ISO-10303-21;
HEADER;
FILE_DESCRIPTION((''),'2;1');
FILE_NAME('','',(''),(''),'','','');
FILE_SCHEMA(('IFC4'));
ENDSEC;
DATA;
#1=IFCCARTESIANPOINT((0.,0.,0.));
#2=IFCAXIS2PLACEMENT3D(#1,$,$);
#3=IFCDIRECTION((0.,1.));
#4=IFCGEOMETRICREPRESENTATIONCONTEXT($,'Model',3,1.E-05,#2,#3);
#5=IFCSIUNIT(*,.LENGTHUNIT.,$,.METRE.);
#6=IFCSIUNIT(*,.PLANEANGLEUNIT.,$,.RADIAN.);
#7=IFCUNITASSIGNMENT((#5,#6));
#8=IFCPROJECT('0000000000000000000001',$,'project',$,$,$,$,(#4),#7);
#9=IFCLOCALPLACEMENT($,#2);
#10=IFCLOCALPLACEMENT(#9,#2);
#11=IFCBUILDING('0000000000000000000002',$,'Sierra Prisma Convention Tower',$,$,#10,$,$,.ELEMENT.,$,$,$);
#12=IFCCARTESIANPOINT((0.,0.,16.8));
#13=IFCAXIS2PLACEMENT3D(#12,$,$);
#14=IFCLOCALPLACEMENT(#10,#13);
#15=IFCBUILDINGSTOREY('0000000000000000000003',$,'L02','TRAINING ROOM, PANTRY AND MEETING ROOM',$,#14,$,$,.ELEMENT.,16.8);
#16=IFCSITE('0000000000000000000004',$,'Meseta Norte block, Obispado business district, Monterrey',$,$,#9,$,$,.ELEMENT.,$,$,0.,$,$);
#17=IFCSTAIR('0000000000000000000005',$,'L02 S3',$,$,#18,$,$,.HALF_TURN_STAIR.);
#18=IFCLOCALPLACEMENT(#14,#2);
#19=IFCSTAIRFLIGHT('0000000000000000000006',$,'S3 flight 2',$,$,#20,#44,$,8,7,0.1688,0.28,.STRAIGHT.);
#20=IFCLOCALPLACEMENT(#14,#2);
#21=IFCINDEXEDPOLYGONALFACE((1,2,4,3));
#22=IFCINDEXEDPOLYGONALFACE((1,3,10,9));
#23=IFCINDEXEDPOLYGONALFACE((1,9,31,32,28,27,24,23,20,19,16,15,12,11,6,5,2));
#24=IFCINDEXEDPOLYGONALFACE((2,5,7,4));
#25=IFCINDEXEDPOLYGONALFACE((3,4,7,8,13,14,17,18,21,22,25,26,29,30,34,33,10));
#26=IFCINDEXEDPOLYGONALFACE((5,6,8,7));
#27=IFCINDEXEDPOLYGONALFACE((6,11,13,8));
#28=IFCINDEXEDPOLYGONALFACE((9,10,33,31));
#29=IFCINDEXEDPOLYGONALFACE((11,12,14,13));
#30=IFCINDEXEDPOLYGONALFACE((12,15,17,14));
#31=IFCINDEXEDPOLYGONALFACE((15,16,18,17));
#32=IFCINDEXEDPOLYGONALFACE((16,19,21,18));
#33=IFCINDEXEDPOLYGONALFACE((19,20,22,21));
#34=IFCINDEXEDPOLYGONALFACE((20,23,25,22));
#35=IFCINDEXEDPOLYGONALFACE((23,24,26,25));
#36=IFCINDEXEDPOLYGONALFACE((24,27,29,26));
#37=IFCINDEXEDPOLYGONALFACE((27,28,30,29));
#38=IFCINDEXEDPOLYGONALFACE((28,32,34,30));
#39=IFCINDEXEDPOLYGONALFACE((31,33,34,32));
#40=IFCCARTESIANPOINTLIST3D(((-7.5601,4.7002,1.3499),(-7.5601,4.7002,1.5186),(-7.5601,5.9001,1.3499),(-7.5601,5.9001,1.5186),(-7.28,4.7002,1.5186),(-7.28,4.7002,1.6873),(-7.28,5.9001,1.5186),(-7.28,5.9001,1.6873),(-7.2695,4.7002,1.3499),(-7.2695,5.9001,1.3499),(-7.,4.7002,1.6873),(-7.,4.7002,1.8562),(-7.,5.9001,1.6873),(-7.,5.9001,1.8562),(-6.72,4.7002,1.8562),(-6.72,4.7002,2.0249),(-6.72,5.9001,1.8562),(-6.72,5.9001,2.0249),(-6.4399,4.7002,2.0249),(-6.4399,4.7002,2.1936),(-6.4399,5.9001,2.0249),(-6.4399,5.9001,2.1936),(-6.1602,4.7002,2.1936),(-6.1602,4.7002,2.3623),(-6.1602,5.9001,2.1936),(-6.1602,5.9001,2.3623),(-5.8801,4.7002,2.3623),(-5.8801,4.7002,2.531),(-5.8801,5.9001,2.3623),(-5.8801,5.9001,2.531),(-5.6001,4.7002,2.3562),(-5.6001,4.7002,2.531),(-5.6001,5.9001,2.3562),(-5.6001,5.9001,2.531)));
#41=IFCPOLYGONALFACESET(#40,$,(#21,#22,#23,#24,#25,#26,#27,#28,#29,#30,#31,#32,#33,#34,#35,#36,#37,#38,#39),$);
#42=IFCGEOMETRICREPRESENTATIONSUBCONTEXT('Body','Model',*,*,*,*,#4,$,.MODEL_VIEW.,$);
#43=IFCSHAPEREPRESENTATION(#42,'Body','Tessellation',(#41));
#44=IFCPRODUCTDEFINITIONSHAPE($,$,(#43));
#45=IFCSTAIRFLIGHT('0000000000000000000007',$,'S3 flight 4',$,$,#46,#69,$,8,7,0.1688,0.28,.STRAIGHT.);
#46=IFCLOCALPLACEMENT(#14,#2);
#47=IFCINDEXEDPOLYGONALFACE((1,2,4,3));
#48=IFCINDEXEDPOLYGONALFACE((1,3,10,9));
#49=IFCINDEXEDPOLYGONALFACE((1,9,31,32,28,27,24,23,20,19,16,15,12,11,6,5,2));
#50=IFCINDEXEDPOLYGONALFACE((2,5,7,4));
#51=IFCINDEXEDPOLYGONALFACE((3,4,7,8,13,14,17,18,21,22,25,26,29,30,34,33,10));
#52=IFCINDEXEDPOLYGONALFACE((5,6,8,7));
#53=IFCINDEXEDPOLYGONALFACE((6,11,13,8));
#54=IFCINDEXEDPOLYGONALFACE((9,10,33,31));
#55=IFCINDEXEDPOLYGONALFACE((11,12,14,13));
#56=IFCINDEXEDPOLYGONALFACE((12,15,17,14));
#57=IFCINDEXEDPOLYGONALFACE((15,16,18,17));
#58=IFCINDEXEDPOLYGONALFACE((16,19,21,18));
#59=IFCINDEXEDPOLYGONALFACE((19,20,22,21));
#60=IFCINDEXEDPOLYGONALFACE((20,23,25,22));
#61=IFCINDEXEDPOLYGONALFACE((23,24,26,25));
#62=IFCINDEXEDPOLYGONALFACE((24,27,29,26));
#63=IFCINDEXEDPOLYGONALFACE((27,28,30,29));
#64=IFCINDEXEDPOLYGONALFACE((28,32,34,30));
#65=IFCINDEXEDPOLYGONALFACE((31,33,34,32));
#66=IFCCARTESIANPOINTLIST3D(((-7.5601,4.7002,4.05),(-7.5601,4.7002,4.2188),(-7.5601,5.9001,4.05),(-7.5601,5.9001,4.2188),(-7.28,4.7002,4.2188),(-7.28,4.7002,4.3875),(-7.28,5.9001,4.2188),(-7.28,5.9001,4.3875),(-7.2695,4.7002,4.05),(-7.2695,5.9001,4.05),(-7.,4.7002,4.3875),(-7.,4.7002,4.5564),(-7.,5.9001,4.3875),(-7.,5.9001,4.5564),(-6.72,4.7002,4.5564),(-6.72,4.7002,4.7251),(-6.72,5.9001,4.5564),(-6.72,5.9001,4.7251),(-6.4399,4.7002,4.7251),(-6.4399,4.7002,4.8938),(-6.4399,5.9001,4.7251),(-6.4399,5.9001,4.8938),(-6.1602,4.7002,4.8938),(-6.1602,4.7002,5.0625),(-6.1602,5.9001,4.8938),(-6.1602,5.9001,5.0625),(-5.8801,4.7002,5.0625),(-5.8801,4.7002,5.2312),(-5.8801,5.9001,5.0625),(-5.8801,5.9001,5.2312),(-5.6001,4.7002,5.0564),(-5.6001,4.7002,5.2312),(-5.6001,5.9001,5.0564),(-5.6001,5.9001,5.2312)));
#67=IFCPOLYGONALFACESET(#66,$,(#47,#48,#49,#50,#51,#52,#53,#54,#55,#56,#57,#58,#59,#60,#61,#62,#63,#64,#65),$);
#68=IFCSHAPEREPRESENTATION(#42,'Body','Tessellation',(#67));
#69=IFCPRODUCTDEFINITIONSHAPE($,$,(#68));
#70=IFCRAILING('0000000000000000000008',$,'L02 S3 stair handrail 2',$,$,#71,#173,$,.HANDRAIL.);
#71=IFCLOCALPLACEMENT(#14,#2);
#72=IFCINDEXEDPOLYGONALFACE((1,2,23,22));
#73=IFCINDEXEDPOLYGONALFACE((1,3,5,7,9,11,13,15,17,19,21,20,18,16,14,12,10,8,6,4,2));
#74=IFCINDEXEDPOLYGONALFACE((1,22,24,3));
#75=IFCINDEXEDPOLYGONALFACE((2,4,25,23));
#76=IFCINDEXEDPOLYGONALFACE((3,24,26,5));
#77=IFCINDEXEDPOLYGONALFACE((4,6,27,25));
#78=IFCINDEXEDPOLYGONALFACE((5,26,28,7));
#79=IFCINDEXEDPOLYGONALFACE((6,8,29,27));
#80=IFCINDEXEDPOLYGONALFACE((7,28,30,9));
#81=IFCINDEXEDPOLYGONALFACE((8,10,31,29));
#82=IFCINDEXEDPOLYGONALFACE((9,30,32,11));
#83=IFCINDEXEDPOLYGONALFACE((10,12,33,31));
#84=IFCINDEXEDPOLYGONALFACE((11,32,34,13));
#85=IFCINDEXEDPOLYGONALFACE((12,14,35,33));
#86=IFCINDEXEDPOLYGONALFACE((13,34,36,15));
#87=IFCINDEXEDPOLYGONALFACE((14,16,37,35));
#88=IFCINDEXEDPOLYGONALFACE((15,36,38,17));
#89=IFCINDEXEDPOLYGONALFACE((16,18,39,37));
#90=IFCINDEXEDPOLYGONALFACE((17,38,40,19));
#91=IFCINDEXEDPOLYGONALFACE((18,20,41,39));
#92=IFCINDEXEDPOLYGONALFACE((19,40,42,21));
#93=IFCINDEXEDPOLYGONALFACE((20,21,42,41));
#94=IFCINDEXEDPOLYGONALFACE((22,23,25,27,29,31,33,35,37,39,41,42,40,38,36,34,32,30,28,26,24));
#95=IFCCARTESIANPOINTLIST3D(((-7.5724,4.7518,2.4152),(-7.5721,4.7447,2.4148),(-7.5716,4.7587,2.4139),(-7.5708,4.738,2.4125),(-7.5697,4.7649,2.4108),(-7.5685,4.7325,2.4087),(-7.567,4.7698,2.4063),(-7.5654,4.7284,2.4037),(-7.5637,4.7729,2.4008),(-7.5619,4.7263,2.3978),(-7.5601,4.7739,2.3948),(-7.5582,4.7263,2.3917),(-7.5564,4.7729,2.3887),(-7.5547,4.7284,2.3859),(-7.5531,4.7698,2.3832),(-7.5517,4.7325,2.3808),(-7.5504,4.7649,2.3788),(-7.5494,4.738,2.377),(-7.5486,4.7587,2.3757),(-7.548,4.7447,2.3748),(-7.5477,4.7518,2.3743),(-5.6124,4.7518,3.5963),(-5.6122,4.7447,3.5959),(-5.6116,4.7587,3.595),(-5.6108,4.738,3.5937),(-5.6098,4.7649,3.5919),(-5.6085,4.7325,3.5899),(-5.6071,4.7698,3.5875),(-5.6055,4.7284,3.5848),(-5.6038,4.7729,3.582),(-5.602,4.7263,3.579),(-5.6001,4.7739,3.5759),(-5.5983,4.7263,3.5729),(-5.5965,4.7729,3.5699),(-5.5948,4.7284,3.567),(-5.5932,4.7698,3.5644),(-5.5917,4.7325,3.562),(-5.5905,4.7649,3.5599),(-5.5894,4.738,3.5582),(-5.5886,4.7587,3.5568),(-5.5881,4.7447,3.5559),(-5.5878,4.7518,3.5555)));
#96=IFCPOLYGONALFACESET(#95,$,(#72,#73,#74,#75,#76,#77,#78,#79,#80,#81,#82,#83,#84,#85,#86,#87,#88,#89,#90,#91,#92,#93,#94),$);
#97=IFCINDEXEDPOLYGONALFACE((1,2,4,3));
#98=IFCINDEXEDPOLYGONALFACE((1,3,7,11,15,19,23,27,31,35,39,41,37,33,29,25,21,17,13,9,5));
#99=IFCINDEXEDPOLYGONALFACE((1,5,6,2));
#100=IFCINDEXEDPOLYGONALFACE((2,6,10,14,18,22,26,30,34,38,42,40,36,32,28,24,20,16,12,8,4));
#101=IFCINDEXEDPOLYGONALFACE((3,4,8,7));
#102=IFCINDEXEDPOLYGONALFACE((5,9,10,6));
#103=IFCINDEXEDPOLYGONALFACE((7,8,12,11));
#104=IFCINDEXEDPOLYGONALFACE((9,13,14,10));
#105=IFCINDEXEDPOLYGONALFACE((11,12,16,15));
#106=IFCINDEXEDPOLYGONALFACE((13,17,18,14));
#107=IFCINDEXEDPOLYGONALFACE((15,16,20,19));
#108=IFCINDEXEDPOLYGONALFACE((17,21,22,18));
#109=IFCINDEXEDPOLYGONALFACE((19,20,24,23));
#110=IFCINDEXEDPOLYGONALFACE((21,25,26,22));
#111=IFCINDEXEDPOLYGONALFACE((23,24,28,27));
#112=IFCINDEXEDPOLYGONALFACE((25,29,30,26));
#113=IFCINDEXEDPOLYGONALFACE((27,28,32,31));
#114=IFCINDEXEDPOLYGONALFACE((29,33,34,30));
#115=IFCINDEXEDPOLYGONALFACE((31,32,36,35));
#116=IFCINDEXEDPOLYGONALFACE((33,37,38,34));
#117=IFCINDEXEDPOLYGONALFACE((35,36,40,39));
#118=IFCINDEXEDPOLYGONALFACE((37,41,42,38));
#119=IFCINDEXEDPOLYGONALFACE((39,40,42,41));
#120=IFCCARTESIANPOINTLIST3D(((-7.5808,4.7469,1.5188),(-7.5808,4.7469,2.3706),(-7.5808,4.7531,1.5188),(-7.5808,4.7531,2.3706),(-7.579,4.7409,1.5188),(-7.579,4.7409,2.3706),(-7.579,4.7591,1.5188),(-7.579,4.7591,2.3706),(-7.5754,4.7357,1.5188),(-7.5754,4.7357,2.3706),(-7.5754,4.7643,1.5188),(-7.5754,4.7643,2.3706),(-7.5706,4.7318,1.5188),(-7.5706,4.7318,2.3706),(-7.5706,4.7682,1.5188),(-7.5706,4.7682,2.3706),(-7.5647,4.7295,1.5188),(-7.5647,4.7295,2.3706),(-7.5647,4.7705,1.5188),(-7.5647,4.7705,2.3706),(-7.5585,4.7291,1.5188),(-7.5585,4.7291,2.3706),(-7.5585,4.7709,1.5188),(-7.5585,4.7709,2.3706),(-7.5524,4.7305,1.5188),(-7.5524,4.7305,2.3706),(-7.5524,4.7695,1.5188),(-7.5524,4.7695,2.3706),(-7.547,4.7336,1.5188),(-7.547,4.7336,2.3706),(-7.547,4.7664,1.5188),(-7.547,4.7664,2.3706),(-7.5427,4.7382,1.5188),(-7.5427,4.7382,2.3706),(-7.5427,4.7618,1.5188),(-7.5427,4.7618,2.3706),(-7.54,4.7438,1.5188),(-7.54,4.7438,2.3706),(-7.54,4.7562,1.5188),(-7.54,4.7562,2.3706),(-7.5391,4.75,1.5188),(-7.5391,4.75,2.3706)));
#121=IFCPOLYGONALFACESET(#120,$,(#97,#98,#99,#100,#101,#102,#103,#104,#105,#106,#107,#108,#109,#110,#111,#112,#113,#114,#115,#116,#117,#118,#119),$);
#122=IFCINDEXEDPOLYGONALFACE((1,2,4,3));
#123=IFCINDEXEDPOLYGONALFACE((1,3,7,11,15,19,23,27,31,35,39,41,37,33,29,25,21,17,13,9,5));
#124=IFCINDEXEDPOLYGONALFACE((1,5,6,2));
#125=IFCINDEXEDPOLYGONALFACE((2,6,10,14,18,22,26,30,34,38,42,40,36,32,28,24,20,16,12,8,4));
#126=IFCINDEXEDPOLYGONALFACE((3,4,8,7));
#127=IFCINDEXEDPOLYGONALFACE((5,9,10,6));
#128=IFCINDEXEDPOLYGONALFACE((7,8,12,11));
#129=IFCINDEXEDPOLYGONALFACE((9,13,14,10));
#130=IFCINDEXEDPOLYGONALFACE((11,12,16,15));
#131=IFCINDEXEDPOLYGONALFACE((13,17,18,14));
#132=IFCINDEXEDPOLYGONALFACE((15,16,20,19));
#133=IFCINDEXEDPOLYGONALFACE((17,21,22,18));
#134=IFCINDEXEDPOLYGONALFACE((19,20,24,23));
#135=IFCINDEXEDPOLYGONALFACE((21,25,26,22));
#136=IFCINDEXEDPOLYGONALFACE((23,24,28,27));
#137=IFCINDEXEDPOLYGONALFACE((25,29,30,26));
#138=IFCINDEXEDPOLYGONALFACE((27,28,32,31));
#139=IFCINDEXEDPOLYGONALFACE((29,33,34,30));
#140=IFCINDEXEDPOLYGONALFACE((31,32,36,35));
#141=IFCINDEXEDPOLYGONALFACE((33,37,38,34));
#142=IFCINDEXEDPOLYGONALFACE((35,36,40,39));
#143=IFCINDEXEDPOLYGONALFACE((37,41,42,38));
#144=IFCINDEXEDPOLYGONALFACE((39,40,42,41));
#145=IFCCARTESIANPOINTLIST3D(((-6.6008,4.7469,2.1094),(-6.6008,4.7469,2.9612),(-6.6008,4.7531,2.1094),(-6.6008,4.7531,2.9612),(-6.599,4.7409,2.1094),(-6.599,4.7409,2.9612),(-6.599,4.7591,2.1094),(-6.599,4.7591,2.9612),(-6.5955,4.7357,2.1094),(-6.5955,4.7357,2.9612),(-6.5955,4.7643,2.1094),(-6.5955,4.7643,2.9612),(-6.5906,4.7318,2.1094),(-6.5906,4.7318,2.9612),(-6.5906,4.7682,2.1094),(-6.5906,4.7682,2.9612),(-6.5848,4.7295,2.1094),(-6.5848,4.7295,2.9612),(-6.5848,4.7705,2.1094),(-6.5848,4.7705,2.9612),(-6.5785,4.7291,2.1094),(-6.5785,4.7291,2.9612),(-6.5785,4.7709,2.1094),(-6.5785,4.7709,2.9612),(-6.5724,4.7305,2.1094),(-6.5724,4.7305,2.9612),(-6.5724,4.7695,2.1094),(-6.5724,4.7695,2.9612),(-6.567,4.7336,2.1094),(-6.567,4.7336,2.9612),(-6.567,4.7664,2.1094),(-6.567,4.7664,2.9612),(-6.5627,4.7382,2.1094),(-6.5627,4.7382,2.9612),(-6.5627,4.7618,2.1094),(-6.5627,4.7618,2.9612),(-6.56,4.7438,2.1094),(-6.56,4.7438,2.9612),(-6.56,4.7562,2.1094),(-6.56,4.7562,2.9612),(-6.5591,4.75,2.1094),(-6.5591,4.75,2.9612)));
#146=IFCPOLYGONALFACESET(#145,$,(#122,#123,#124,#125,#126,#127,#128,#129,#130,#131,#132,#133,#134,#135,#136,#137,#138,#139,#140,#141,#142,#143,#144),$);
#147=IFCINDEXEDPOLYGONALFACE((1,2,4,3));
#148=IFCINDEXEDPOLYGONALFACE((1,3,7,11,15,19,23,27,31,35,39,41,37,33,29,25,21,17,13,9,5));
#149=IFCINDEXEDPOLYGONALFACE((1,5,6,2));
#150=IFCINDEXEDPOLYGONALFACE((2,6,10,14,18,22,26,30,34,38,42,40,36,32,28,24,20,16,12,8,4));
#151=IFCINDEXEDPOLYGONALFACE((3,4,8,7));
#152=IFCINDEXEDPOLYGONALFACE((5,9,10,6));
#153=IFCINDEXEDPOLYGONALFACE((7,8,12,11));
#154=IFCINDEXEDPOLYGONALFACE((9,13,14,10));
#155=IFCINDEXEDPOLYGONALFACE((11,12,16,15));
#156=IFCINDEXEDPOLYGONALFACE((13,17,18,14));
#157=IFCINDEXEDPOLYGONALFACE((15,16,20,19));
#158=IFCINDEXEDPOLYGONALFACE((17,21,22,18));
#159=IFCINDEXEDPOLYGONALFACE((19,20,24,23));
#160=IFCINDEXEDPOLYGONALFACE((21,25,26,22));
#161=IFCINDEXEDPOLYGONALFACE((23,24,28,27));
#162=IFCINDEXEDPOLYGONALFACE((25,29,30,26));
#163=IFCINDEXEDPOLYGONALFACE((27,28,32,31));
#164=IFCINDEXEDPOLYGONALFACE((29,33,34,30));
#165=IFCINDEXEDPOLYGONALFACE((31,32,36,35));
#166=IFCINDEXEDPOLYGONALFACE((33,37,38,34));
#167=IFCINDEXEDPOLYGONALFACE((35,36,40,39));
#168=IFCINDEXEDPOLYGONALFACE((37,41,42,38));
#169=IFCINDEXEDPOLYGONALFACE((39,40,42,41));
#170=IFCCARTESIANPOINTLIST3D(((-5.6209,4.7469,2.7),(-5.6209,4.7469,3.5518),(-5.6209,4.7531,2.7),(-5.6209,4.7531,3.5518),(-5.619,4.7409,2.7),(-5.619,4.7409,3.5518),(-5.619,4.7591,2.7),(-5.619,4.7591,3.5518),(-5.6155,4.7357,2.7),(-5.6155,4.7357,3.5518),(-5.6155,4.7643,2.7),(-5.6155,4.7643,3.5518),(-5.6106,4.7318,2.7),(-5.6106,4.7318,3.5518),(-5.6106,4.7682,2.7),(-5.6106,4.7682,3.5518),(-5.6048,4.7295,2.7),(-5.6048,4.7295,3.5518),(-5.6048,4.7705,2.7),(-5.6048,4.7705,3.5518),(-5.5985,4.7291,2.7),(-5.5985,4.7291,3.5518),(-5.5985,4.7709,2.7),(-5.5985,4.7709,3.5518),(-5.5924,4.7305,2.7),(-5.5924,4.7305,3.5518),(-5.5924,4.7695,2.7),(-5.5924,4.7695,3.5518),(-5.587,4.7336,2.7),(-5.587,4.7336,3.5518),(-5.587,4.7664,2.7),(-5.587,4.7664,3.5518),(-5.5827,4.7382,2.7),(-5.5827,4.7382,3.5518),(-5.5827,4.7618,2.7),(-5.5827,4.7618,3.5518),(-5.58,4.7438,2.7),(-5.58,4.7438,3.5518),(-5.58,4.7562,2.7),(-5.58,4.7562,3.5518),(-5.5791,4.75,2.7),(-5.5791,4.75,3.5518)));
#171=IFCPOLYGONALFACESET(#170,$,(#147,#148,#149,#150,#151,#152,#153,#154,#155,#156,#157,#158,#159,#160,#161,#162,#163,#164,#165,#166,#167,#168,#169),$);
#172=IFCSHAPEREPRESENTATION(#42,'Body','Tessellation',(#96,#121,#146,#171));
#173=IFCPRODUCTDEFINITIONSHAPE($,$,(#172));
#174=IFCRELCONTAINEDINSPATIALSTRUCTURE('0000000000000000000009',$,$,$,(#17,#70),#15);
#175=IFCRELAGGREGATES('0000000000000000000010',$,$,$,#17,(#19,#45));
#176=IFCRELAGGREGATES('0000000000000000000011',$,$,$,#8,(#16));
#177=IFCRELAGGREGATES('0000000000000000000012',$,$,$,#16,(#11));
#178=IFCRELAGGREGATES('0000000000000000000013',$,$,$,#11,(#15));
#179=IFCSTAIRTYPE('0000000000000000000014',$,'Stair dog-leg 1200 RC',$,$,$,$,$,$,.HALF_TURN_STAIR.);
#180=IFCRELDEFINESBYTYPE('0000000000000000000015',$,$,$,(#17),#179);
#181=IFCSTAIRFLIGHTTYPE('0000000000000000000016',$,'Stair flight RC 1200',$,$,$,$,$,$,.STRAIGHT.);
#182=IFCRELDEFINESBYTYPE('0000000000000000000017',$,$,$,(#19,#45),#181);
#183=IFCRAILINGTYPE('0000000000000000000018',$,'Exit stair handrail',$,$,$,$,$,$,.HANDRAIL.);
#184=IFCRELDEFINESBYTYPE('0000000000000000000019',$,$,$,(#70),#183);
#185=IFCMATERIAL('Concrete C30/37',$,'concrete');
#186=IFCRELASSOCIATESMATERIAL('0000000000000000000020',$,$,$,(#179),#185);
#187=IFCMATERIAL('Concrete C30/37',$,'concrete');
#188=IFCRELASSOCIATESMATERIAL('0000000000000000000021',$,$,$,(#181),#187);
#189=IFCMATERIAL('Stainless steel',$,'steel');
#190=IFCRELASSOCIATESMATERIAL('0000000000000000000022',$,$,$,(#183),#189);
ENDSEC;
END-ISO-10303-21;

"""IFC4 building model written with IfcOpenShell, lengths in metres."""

from ifc_helpers import new_model, si_unit, direction, frame, origin, origin_2d, place, context, subcontext, project, spatial, polyline, circle, outline, extrude, material, type_object, element, aggregate, save


model = new_model("IFC4")

# Units and contexts
model_context = context("Model", 3, precision=1e-05, world=origin(), true_north=direction((0.0, 1.0)))
body_context = subcontext(model_context, "Body", "Model", "MODEL_VIEW")
ifc_project = project(units=[si_unit("LENGTHUNIT", "METRE"), si_unit("PLANEANGLEUNIT", "RADIAN")], contexts=[model_context])

# Site, building, storey
site_placement = place(None, origin())
site = spatial("IfcSite", under=ifc_project, at=site_placement, Name="Meseta Norte block, Obispado business district, Monterrey", CompositionType="ELEMENT", RefElevation=0.0)
building_placement = place(site_placement, origin())
building = spatial("IfcBuilding", under=site, at=building_placement, Name="Sierra Prisma Convention Tower", CompositionType="ELEMENT")
storey_placement = place(building_placement, frame((0.0, 0.0, 16.8)))
storey = spatial("IfcBuildingStorey", under=building, at=storey_placement, Name="L02", Description="TRAINING ROOM, PANTRY AND MEETING ROOM", CompositionType="ELEMENT", Elevation=16.8)

# Stair, stair flights
ifc_material_1 = material(Name="Concrete C30/37", Category="concrete")
stair_type = type_object("IfcStairType", Name="Stair dog-leg 1200 RC", PredefinedType="HALF_TURN_STAIR", material=ifc_material_1)
stair_placement = place(storey_placement, origin())
stair = element("IfcStair", 1, at=stair_placement, inside=storey, type_object=stair_type, Name="L02 S3", PredefinedType="HALF_TURN_STAIR")
ifc_material_2 = material(Name="Concrete C30/37", Category="concrete")
stair_flight_type = type_object("IfcStairFlightType", Name="Stair flight RC 1200", PredefinedType="STRAIGHT", material=ifc_material_2)
stair_flight_1_placement = place(storey_placement, frame((-7.5601, 5.3, 1.3499), z_axis=(0.0, 0.0, 1.0), x_axis=(1.0, 0.0, 0.0)))
stair_flight_1 = element("IfcStairFlight", 2, at=stair_flight_1_placement, type_object=stair_flight_type, Name="S3 flight 2", NumberOfRisers=8, NumberOfTreads=7, PredefinedType="STRAIGHT", RiserHeight=0.1688, TreadLength=0.28, context=body_context, shape_type="SweptSolid", body=[
    extrude(outline(polyline([(0.0, 0.0), (0.0, 0.1687), (0.28, 0.1687), (0.28, 0.3374), (0.5601, 0.3374), (0.5601, 0.5063), (0.8401, 0.5063), (0.8401, 0.675), (1.1201, 0.675), (1.1201, 0.8438), (1.3999, 0.8438), (1.3999, 1.0125), (1.6799, 1.0125), (1.6799, 1.1812), (1.96, 1.1812), (1.96, 1.3501), (1.96, 1.0063), (0.2905, 0.0), (0.0, 0.0)])), frame((0.0, 0.6001, 0.0), z_axis=(0.0, -1.0, 0.0), x_axis=(1.0, 0.0, 0.0)), (0.0, 0.0, 1.0), 1.2),
])
stair_flight_2_placement = place(storey_placement, frame((-7.5601, 5.3, 4.05), z_axis=(0.0, 0.0, 1.0), x_axis=(1.0, 0.0, 0.0)))
stair_flight_2 = element("IfcStairFlight", 3, at=stair_flight_2_placement, type_object=stair_flight_type, Name="S3 flight 4", NumberOfRisers=8, NumberOfTreads=7, PredefinedType="STRAIGHT", RiserHeight=0.1688, TreadLength=0.28, context=body_context, shape_type="SweptSolid", body=[
    extrude(outline(polyline([(0.0, 0.0), (0.0, 0.1687), (0.28, 0.1687), (0.28, 0.3374), (0.5601, 0.3374), (0.5601, 0.5063), (0.8401, 0.5063), (0.8401, 0.675), (1.1201, 0.675), (1.1201, 0.8438), (1.3999, 0.8438), (1.3999, 1.0125), (1.6799, 1.0125), (1.6799, 1.1812), (1.96, 1.1812), (1.96, 1.3501), (1.96, 1.0063), (0.2905, 0.0), (0.0, 0.0)])), frame((0.0, 0.6001, 0.0), z_axis=(0.0, -1.0, 0.0), x_axis=(1.0, 0.0, 0.0)), (0.0, 0.0, 1.0), 1.2),
])
aggregate(stair, [stair_flight_1, stair_flight_2])

# Railing
ifc_material_3 = material(Name="Stainless steel", Category="steel")
railing_type_1 = type_object("IfcRailingType", Name="Exit stair handrail", PredefinedType="HANDRAIL", material=ifc_material_3)
for number, where, name in (
    (4, (-7.5601, 4.75, 1.5188), "L02 S3 stair handrail 2"),
):
    element("IfcRailing", number, at=place(storey_placement, frame(where)), inside=storey, type_object=railing_type_1, Name=name, PredefinedType="HANDRAIL", context=body_context, shape_type="SweptSolid", body=[
        extrude(circle(Radius=0.0239, at=origin_2d()), frame((0.0, 0.0, 0.876), z_axis=(0.856493, 0.0, 0.516158), x_axis=(0.0, 1.0, 0.0)), (0.0, 0.0, 1.0), 2.2883),
        extrude(circle(Radius=0.021, at=origin_2d()), origin(), (0.0, 0.0, 1.0), 0.8518),
        extrude(circle(Radius=0.021, at=origin_2d()), frame((0.98, 0.0, 0.5906)), (0.0, 0.0, 1.0), 0.8518),
        extrude(circle(Radius=0.021, at=origin_2d()), frame((1.96, 0.0, 1.1812)), (0.0, 0.0, 1.0), 0.8518),
    ])

save(model, "model.ifc")
